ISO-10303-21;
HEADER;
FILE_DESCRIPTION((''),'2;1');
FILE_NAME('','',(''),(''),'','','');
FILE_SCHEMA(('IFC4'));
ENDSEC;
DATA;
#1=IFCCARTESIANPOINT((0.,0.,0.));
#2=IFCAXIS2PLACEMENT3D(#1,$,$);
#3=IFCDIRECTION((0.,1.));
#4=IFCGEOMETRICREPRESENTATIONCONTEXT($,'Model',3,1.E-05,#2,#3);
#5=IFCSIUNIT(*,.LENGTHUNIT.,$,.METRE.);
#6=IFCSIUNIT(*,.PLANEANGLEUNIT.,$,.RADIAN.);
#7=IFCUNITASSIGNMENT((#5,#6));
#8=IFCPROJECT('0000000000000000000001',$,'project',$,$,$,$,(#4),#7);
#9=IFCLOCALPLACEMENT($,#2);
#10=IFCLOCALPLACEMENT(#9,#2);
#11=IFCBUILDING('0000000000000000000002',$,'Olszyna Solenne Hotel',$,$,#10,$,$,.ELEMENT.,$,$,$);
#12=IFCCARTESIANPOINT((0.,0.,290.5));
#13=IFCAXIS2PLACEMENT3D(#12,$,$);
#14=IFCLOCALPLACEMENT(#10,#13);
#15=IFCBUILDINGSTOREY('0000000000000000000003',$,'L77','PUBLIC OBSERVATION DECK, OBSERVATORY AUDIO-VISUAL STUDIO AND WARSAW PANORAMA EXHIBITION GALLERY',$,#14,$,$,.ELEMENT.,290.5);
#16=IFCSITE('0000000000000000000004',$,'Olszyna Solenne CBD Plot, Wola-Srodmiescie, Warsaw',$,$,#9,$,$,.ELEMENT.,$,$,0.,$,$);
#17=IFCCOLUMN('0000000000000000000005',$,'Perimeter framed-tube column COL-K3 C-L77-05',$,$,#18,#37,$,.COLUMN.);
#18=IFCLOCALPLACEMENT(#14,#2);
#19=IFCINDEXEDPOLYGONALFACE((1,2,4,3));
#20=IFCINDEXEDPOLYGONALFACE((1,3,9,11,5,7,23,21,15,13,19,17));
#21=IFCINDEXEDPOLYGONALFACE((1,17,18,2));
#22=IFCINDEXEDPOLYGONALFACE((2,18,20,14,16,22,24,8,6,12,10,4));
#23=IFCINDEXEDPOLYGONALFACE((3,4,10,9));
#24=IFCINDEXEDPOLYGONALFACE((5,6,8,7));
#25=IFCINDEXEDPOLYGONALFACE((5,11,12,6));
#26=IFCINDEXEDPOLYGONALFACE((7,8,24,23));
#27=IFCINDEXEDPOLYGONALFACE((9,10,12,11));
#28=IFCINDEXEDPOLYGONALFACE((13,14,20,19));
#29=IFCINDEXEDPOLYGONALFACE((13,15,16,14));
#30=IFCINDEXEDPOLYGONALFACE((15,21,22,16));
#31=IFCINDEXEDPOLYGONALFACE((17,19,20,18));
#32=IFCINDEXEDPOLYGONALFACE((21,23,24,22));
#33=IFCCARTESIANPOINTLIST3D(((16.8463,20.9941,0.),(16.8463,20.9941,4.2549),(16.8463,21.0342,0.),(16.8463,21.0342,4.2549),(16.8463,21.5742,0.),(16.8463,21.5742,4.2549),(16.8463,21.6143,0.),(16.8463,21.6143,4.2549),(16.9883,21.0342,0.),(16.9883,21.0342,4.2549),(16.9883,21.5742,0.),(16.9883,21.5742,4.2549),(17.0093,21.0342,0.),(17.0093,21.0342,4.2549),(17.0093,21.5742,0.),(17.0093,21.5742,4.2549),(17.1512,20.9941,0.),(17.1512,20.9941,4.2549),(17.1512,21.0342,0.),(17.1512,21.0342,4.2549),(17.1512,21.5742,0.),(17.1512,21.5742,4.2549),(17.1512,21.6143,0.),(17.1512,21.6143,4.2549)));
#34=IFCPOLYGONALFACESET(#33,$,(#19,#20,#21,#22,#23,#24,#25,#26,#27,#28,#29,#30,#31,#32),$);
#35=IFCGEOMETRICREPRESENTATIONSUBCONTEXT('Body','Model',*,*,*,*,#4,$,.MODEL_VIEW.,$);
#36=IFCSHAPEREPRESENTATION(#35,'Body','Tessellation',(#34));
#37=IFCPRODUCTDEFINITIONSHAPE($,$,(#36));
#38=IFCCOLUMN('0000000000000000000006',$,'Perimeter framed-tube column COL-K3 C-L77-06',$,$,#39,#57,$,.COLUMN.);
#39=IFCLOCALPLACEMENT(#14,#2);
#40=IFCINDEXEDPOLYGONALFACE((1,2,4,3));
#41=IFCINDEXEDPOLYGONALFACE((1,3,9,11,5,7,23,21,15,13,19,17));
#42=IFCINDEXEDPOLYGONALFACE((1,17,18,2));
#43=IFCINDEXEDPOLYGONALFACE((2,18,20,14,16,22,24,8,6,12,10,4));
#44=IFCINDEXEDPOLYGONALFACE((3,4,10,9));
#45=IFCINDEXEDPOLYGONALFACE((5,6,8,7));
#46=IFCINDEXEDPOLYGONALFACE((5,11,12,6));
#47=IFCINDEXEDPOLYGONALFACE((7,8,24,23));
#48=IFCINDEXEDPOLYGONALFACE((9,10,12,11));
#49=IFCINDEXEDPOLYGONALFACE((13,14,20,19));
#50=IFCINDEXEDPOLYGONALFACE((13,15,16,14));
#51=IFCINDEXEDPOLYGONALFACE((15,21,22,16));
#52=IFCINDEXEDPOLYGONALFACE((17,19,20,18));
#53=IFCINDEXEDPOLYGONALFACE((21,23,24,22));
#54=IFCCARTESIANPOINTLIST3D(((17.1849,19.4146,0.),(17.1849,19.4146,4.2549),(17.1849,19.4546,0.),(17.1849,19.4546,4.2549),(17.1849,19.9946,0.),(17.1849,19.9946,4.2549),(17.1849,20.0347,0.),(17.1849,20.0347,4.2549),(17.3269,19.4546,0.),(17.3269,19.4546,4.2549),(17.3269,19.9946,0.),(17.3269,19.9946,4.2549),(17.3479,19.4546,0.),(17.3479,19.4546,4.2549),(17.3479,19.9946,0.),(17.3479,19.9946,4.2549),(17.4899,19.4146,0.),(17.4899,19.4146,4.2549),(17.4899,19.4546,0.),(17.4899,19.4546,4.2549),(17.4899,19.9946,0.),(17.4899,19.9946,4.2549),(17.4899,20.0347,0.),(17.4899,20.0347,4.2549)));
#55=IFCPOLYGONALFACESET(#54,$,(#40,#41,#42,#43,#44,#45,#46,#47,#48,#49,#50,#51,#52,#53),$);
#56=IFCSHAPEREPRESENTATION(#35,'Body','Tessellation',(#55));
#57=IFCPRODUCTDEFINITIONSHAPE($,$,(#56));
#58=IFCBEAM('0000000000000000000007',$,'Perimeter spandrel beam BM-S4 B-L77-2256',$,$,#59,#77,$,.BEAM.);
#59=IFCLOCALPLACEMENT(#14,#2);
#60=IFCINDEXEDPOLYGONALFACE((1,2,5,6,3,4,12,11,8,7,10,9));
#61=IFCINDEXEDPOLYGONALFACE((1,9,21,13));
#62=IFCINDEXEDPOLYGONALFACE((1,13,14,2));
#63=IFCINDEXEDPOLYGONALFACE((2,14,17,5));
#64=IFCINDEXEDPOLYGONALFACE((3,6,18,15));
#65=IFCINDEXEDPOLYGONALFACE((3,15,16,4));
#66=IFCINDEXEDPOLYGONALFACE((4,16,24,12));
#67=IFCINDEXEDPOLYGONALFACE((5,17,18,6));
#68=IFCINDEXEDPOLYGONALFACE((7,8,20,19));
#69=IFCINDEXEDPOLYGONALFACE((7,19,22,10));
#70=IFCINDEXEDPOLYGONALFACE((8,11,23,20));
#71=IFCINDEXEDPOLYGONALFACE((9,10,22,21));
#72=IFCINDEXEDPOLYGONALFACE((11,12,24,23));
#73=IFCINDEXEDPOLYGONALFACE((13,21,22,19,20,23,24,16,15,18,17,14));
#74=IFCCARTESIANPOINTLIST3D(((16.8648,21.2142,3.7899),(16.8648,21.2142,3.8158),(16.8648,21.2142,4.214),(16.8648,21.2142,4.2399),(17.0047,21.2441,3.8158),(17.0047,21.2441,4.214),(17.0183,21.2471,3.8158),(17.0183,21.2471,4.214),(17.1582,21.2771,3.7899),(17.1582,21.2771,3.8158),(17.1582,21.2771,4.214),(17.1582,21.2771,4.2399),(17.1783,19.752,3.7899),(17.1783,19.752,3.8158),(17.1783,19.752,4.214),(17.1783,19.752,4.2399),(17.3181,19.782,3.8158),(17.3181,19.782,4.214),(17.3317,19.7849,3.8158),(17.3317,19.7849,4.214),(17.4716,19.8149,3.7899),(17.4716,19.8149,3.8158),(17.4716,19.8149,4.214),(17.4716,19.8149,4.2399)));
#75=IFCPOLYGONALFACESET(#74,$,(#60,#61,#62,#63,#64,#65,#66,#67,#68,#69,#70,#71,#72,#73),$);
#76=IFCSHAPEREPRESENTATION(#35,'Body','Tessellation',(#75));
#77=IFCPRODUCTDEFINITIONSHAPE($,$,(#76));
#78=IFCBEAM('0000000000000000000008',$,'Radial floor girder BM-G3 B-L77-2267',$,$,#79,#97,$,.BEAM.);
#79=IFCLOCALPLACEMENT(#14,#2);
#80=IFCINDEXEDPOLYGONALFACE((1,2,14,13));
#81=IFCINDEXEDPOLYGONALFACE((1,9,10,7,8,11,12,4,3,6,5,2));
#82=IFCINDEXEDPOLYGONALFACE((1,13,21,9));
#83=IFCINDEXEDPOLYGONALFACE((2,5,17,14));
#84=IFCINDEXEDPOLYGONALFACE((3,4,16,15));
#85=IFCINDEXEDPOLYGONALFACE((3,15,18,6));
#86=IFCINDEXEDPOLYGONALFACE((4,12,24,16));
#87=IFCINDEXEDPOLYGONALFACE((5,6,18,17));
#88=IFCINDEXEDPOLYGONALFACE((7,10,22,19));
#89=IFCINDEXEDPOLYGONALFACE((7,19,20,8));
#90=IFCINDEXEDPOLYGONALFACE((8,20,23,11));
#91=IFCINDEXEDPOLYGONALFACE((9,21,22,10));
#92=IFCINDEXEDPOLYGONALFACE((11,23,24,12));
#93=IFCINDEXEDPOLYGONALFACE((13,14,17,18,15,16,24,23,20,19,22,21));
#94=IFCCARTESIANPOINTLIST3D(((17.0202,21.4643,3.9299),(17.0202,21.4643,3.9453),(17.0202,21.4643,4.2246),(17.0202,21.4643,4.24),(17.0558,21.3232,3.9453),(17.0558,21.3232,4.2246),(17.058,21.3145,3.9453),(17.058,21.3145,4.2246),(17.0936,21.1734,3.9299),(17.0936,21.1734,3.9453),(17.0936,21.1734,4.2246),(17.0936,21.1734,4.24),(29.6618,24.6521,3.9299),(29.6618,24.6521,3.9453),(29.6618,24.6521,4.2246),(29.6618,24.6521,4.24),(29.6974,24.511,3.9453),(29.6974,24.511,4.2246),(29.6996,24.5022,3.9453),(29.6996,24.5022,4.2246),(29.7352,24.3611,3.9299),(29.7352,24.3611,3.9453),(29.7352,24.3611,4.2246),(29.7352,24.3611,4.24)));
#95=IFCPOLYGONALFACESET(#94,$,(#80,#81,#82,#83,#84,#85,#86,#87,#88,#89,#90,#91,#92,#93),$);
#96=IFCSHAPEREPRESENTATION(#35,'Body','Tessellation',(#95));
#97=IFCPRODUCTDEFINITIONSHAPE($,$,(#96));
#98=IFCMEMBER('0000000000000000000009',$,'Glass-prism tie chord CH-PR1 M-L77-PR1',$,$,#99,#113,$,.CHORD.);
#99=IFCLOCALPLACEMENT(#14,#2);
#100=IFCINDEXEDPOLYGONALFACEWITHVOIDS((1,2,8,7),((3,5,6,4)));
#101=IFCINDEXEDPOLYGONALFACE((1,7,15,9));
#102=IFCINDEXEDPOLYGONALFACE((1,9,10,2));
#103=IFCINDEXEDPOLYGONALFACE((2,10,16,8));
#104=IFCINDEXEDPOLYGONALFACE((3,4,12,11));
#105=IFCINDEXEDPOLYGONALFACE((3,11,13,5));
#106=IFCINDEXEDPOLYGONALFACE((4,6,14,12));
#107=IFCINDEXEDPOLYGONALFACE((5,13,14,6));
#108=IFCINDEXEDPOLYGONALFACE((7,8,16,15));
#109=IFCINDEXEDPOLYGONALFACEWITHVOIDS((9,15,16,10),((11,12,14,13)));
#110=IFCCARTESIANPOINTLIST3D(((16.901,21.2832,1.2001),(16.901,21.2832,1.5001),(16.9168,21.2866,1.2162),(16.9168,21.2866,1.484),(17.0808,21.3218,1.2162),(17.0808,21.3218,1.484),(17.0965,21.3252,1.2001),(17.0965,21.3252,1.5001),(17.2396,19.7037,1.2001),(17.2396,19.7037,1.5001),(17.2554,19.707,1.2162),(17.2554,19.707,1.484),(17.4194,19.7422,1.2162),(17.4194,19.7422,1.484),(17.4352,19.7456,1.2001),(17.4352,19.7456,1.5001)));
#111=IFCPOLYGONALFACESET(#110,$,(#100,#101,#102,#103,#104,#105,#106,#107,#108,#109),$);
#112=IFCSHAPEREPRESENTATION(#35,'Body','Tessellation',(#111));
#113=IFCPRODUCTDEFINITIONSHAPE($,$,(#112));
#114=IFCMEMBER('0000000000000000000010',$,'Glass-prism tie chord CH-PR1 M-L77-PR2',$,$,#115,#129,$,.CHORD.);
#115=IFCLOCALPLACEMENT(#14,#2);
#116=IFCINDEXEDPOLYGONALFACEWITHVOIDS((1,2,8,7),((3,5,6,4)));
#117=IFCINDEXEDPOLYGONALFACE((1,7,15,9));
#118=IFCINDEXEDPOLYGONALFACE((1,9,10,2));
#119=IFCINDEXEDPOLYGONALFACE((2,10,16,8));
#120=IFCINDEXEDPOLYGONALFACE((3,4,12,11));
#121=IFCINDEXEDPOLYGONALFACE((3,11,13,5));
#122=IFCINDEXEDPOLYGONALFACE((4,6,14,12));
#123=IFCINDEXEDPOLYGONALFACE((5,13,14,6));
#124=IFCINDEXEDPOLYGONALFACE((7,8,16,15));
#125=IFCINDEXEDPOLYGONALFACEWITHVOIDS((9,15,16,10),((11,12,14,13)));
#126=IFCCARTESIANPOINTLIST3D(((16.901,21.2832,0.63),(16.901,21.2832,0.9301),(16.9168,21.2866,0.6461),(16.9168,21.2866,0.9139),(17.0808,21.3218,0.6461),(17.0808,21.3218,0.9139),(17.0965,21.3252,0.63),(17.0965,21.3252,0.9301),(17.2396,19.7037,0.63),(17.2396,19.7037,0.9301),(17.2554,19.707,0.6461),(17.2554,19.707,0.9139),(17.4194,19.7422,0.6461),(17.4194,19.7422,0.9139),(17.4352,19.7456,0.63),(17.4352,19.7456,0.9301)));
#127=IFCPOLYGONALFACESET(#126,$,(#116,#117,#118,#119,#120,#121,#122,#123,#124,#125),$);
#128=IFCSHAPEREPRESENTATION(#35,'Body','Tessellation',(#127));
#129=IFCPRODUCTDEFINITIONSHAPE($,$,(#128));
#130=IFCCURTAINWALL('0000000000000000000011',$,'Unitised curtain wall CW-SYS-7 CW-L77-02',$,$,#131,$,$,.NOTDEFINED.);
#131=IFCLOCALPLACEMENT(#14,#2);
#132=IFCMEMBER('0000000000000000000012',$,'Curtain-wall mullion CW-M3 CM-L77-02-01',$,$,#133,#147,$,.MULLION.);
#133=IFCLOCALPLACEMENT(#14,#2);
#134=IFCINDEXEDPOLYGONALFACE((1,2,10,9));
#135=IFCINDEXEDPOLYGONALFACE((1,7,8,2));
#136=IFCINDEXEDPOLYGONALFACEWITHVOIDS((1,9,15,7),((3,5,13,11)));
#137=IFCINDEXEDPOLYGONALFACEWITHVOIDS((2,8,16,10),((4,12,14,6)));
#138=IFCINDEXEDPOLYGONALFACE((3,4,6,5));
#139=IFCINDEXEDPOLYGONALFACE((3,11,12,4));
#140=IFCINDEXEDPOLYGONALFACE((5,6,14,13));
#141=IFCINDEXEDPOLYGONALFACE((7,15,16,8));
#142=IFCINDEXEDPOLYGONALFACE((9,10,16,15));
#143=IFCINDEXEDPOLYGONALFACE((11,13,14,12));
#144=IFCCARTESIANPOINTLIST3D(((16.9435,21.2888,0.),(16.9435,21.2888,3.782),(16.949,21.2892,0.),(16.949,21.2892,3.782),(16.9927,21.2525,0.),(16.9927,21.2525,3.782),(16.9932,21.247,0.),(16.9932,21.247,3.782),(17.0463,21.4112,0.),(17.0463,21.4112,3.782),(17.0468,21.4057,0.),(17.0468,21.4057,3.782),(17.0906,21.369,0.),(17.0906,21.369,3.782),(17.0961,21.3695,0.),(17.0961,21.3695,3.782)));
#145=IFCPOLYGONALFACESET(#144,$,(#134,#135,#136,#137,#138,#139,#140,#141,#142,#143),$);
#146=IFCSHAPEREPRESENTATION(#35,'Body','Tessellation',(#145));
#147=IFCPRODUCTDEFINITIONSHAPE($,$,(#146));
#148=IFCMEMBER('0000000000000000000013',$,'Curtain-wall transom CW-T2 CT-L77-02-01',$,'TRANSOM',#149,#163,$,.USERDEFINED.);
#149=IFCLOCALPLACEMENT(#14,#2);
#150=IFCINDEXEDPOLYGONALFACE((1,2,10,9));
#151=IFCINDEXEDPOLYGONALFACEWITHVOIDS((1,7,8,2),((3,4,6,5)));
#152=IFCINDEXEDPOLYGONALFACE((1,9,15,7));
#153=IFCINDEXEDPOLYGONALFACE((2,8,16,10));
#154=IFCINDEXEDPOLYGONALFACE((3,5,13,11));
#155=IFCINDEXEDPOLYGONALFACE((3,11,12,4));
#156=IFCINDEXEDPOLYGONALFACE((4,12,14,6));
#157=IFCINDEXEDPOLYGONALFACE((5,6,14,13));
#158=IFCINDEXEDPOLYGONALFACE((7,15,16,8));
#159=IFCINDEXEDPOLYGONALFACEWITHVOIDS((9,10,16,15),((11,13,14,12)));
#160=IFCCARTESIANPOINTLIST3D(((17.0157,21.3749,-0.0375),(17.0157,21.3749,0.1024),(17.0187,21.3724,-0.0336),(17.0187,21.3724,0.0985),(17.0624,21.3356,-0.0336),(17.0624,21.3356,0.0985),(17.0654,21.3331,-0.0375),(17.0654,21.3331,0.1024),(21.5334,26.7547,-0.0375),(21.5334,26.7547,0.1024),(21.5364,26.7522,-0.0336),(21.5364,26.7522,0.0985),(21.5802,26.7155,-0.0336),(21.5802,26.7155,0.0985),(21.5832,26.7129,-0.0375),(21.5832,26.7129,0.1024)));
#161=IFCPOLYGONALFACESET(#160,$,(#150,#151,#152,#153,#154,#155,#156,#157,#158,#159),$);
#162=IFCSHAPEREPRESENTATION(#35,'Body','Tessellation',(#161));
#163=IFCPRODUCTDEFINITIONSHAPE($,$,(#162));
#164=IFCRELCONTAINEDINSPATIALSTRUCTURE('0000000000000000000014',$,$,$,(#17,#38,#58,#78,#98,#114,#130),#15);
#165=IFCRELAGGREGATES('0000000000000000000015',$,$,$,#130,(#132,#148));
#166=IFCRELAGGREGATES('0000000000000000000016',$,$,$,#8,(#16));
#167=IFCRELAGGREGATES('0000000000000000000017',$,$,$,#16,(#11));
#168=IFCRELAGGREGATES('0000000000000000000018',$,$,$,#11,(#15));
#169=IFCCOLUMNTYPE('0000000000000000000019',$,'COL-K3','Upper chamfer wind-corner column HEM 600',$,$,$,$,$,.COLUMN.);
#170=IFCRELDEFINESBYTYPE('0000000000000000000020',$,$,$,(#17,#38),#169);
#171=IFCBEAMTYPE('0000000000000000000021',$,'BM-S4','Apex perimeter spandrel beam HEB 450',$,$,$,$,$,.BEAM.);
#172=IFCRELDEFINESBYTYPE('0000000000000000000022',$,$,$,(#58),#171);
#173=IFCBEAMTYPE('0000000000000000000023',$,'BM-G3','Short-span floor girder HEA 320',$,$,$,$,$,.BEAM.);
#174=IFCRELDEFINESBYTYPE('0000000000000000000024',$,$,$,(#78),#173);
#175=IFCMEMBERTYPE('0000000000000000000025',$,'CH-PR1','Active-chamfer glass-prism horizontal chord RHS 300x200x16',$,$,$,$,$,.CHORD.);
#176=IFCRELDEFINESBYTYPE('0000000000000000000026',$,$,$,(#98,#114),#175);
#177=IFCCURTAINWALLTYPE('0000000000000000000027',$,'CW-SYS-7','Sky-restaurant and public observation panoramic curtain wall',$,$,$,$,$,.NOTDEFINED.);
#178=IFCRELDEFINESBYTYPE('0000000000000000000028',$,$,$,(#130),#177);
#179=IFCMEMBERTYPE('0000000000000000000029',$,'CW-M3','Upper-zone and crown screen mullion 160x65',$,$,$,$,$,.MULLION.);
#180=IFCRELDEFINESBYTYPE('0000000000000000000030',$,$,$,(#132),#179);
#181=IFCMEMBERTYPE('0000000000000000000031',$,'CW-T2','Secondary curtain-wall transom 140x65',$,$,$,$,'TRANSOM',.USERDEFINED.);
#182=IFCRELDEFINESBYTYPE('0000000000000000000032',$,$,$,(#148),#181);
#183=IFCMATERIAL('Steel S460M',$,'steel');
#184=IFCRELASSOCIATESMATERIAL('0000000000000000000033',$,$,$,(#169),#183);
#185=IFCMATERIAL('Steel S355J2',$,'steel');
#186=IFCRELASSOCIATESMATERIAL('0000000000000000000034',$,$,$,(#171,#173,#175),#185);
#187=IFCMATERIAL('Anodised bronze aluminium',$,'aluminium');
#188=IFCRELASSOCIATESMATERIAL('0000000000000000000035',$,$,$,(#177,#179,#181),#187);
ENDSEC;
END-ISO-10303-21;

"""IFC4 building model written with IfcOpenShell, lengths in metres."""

from ifc_helpers import new_model, si_unit, direction, frame, origin, origin_2d, place, context, subcontext, project, spatial, hollow_rectangle, i_section, extrude, source, transform, mapped, material, material_profile, profile_set, type_object, element, aggregate, save


model = new_model("IFC4")

# Units and contexts
model_context = context("Model", 3, precision=1e-05, world=origin(), true_north=direction((0.0, 1.0)))
body_context = subcontext(model_context, "Body", "Model", "MODEL_VIEW")
ifc_project = project(units=[si_unit("LENGTHUNIT", "METRE"), si_unit("PLANEANGLEUNIT", "RADIAN")], contexts=[model_context])

# Site, building, storey
site_placement = place(None, origin())
site = spatial("IfcSite", under=ifc_project, at=site_placement, Name="Olszyna Solenne CBD Plot, Wola-Srodmiescie, Warsaw", CompositionType="ELEMENT", RefElevation=0.0)
building_placement = place(site_placement, origin())
building = spatial("IfcBuilding", under=site, at=building_placement, Name="Olszyna Solenne Hotel", CompositionType="ELEMENT")
storey_placement = place(building_placement, frame((0.0, 0.0, 290.5)))
storey = spatial("IfcBuildingStorey", under=building, at=storey_placement, Name="L77", Description="PUBLIC OBSERVATION DECK, OBSERVATORY AUDIO-VISUAL STUDIO AND WARSAW PANORAMA EXHIBITION GALLERY", CompositionType="ELEMENT", Elevation=290.5)

# Columns
ifc_material_1 = material(Name="Steel S460M", Category="steel")
ifc_material_profile_1 = material_profile(ifc_material_1, i_section(OverallWidth=0.3049, OverallDepth=0.6201, WebThickness=0.021, FlangeThickness=0.04, at=origin_2d()), Name="HEM 600", Category="load-bearing")
ifc_profile_set_1 = profile_set([ifc_material_profile_1], Name="Steel S460M")
column_type = type_object("IfcColumnType", Name="COL-K3", Description="Upper chamfer wind-corner column HEM 600", PredefinedType="COLUMN", material=ifc_profile_set_1)
shared_shape_1 = source(origin(), body_context, "Body", "SweptSolid", [
    extrude(i_section(OverallWidth=0.3049, OverallDepth=0.6201, WebThickness=0.021, FlangeThickness=0.04, at=origin_2d()), origin(), (0.0, 0.0, 1.0), 4.2549),
])
for number, where, z_axis, x_axis, name in (
    (1, (16.9988, 21.3042, 0.0), (0.0, 0.0, 1.0), (1.0, 0.0, 0.0), "Perimeter framed-tube column COL-K3 C-L77-05"),
    (2, (17.3374, 19.7246, 0.0), (0.0, 0.0, 1.0), (1.0, 0.0, 0.0), "Perimeter framed-tube column COL-K3 C-L77-06"),
):
    element("IfcColumn", number, at=place(storey_placement, frame(where, z_axis=z_axis, x_axis=x_axis)), inside=storey, type_object=column_type, Name=name, PredefinedType="COLUMN", context=body_context, shape_type="MappedRepresentation", body=[
        mapped(shared_shape_1, transform((0.0, 0.0, 0.0), x_axis=(1.0, 0.0, 0.0), y_axis=(0.0, 1.0, 0.0), z_axis=(0.0, 0.0, 1.0), scale=1.0)),
    ])

# Beams
ifc_material_2 = material(Name="Steel S355J2", Category="steel")
ifc_material_profile_2 = material_profile(ifc_material_2, i_section(OverallWidth=0.3, OverallDepth=0.45, WebThickness=0.0139, FlangeThickness=0.0259, at=origin_2d()), Name="HEB 450", Category="load-bearing")
ifc_profile_set_2 = profile_set([ifc_material_profile_2], Name="Steel S355J2")
beam_type_1 = type_object("IfcBeamType", Name="BM-S4", Description="Apex perimeter spandrel beam HEB 450", PredefinedType="BEAM", material=ifc_profile_set_2)
shared_shape_2 = source(origin(), body_context, "Body", "SweptSolid", [
    extrude(i_section(OverallWidth=0.3, OverallDepth=0.45, WebThickness=0.0139, FlangeThickness=0.0259, at=origin_2d()), origin(), (0.0, 0.0, 1.0), 1.4954),
])
beam_1_placement = place(storey_placement, frame((17.0115, 21.2456, 4.0149), z_axis=(0.209629, -0.977781, 0.0), x_axis=(0.977781, 0.209629, 0.0)))
element("IfcBeam", 3, at=beam_1_placement, inside=storey, type_object=beam_type_1, Name="Perimeter spandrel beam BM-S4 B-L77-2256", PredefinedType="BEAM", context=body_context, shape_type="MappedRepresentation", body=[
    mapped(shared_shape_2, transform((0.0, 0.0, 0.0), x_axis=(1.0, 0.0, 0.0), y_axis=(0.0, 1.0, 0.0), z_axis=(0.0, 0.0, 1.0), scale=1.0)),
])
ifc_material_profile_3 = material_profile(ifc_material_2, i_section(OverallWidth=0.3, OverallDepth=0.3101, WebThickness=0.009, FlangeThickness=0.0154, at=origin_2d()), Name="HEA 320", Category="load-bearing")
ifc_profile_set_3 = profile_set([ifc_material_profile_3], Name="Steel S355J2")
beam_type_2 = type_object("IfcBeamType", Name="BM-G3", Description="Short-span floor girder HEA 320", PredefinedType="BEAM", material=ifc_profile_set_3)
shared_shape_3 = source(origin(), body_context, "Body", "SweptSolid", [
    extrude(i_section(OverallWidth=0.3, OverallDepth=0.3101, WebThickness=0.009, FlangeThickness=0.0154, at=origin_2d()), origin(), (0.0, 0.0, 1.0), 13.0374),
])
beam_2_placement = place(storey_placement, frame((17.0569, 21.3188, 4.085), z_axis=(0.969647, 0.244509, 0.0), x_axis=(-0.244509, 0.969647, 0.0)))
element("IfcBeam", 4, at=beam_2_placement, inside=storey, type_object=beam_type_2, Name="Radial floor girder BM-G3 B-L77-2267", PredefinedType="BEAM", context=body_context, shape_type="MappedRepresentation", body=[
    mapped(shared_shape_3, transform((0.0, 0.0, 0.0), x_axis=(1.0, 0.0, 0.0), y_axis=(0.0, 1.0, 0.0), z_axis=(0.0, 0.0, 1.0), scale=1.0)),
])

# Members
ifc_material_profile_4 = material_profile(ifc_material_2, hollow_rectangle(XDim=0.2, YDim=0.3, WallThickness=0.0161, at=origin_2d()), Name="RHS 300x200x16", Category="load-bearing")
ifc_profile_set_4 = profile_set([ifc_material_profile_4], Name="Steel S355J2")
member_type_1 = type_object("IfcMemberType", Name="CH-PR1", Description="Active-chamfer glass-prism horizontal chord RHS 300x200x16", PredefinedType="CHORD", material=ifc_profile_set_4)
shared_shape_4 = source(origin(), body_context, "Body", "SweptSolid", [
    extrude(hollow_rectangle(XDim=0.2, YDim=0.3, WallThickness=0.0161, at=origin_2d()), origin(), (0.0, 0.0, 1.0), 1.6155),
])
for number, where, z_axis, x_axis, name in (
    (5, (16.9988, 21.3042, 1.3501), (0.209612, -0.977785, 0.0), (0.977785, 0.209612, 0.0), "Glass-prism tie chord CH-PR1 M-L77-PR1"),
    (6, (16.9988, 21.3042, 0.78), (0.209612, -0.977785, 0.0), (0.977785, 0.209612, 0.0), "Glass-prism tie chord CH-PR1 M-L77-PR2"),
):
    element("IfcMember", number, at=place(storey_placement, frame(where, z_axis=z_axis, x_axis=x_axis)), inside=storey, type_object=member_type_1, Name=name, PredefinedType="CHORD", context=body_context, shape_type="MappedRepresentation", body=[
        mapped(shared_shape_4, transform((0.0, 0.0, 0.0), x_axis=(1.0, 0.0, 0.0), y_axis=(0.0, 1.0, 0.0), z_axis=(0.0, 0.0, 1.0), scale=1.0)),
    ])

# Curtain wall, members
ifc_material_3 = material(Name="Anodised bronze aluminium", Category="aluminium")
curtain_wall_type = type_object("IfcCurtainWallType", Name="CW-SYS-7", Description="Sky-restaurant and public observation panoramic curtain wall", PredefinedType="NOTDEFINED", material=ifc_material_3)
curtain_wall_placement = place(storey_placement, origin())
curtain_wall = element("IfcCurtainWall", 7, at=curtain_wall_placement, inside=storey, type_object=curtain_wall_type, Name="Unitised curtain wall CW-SYS-7 CW-L77-02", PredefinedType="NOTDEFINED")
ifc_material_profile_5 = material_profile(ifc_material_3, hollow_rectangle(XDim=0.0649, YDim=0.1599, WallThickness=0.0039, at=origin_2d()), Name="MULL 160x65x4", Category="load-bearing")
ifc_profile_set_5 = profile_set([ifc_material_profile_5], Name="Anodised bronze aluminium")
member_type_2 = type_object("IfcMemberType", Name="CW-M3", Description="Upper-zone and crown screen mullion 160x65", PredefinedType="MULLION", material=ifc_profile_set_5)
shared_shape_5 = source(origin(), body_context, "Body", "SweptSolid", [
    extrude(hollow_rectangle(XDim=0.0649, YDim=0.1599, WallThickness=0.0039, at=origin_2d()), origin(), (0.0, 0.0, 1.0), 3.782),
])
member_1_placement = place(storey_placement, frame((17.0198, 21.3291, 0.0), z_axis=(0.0, 0.0, 1.0), x_axis=(-0.765808, 0.643069, 0.0)))
member_1 = element("IfcMember", 8, at=member_1_placement, type_object=member_type_2, Name="Curtain-wall mullion CW-M3 CM-L77-02-01", PredefinedType="MULLION", context=body_context, shape_type="MappedRepresentation", body=[
    mapped(shared_shape_5, transform((0.0, 0.0, 0.0), x_axis=(1.0, 0.0, 0.0), y_axis=(0.0, 1.0, 0.0), z_axis=(0.0, 0.0, 1.0), scale=1.0)),
])
ifc_material_profile_6 = material_profile(ifc_material_3, hollow_rectangle(XDim=0.0649, YDim=0.1399, WallThickness=0.0039, at=origin_2d()), Name="TRAN 140x65x4", Category="load-bearing")
ifc_profile_set_6 = profile_set([ifc_material_profile_6], Name="Anodised bronze aluminium")
member_type_3 = type_object("IfcMemberType", Name="CW-T2", Description="Secondary curtain-wall transom 140x65", ElementType="TRANSOM", PredefinedType="USERDEFINED", material=ifc_profile_set_6)
shared_shape_6 = source(origin(), body_context, "Body", "SweptSolid", [
    extrude(hollow_rectangle(XDim=0.0649, YDim=0.1399, WallThickness=0.0039, at=origin_2d()), origin(), (0.0, 0.0, 1.0), 7.0251),
])
member_2_placement = place(storey_placement, frame((17.0405, 21.354, 0.0325), z_axis=(0.643085, 0.765795, 0.0), x_axis=(-0.765795, 0.643085, 0.0)))
member_2 = element("IfcMember", 9, at=member_2_placement, type_object=member_type_3, Name="Curtain-wall transom CW-T2 CT-L77-02-01", ObjectType="TRANSOM", PredefinedType="USERDEFINED", context=body_context, shape_type="MappedRepresentation", body=[
    mapped(shared_shape_6, transform((0.0, 0.0, 0.0), x_axis=(1.0, 0.0, 0.0), y_axis=(0.0, 1.0, 0.0), z_axis=(0.0, 0.0, 1.0), scale=1.0)),
])
aggregate(curtain_wall, [member_1, member_2])

save(model, "model.ifc")
